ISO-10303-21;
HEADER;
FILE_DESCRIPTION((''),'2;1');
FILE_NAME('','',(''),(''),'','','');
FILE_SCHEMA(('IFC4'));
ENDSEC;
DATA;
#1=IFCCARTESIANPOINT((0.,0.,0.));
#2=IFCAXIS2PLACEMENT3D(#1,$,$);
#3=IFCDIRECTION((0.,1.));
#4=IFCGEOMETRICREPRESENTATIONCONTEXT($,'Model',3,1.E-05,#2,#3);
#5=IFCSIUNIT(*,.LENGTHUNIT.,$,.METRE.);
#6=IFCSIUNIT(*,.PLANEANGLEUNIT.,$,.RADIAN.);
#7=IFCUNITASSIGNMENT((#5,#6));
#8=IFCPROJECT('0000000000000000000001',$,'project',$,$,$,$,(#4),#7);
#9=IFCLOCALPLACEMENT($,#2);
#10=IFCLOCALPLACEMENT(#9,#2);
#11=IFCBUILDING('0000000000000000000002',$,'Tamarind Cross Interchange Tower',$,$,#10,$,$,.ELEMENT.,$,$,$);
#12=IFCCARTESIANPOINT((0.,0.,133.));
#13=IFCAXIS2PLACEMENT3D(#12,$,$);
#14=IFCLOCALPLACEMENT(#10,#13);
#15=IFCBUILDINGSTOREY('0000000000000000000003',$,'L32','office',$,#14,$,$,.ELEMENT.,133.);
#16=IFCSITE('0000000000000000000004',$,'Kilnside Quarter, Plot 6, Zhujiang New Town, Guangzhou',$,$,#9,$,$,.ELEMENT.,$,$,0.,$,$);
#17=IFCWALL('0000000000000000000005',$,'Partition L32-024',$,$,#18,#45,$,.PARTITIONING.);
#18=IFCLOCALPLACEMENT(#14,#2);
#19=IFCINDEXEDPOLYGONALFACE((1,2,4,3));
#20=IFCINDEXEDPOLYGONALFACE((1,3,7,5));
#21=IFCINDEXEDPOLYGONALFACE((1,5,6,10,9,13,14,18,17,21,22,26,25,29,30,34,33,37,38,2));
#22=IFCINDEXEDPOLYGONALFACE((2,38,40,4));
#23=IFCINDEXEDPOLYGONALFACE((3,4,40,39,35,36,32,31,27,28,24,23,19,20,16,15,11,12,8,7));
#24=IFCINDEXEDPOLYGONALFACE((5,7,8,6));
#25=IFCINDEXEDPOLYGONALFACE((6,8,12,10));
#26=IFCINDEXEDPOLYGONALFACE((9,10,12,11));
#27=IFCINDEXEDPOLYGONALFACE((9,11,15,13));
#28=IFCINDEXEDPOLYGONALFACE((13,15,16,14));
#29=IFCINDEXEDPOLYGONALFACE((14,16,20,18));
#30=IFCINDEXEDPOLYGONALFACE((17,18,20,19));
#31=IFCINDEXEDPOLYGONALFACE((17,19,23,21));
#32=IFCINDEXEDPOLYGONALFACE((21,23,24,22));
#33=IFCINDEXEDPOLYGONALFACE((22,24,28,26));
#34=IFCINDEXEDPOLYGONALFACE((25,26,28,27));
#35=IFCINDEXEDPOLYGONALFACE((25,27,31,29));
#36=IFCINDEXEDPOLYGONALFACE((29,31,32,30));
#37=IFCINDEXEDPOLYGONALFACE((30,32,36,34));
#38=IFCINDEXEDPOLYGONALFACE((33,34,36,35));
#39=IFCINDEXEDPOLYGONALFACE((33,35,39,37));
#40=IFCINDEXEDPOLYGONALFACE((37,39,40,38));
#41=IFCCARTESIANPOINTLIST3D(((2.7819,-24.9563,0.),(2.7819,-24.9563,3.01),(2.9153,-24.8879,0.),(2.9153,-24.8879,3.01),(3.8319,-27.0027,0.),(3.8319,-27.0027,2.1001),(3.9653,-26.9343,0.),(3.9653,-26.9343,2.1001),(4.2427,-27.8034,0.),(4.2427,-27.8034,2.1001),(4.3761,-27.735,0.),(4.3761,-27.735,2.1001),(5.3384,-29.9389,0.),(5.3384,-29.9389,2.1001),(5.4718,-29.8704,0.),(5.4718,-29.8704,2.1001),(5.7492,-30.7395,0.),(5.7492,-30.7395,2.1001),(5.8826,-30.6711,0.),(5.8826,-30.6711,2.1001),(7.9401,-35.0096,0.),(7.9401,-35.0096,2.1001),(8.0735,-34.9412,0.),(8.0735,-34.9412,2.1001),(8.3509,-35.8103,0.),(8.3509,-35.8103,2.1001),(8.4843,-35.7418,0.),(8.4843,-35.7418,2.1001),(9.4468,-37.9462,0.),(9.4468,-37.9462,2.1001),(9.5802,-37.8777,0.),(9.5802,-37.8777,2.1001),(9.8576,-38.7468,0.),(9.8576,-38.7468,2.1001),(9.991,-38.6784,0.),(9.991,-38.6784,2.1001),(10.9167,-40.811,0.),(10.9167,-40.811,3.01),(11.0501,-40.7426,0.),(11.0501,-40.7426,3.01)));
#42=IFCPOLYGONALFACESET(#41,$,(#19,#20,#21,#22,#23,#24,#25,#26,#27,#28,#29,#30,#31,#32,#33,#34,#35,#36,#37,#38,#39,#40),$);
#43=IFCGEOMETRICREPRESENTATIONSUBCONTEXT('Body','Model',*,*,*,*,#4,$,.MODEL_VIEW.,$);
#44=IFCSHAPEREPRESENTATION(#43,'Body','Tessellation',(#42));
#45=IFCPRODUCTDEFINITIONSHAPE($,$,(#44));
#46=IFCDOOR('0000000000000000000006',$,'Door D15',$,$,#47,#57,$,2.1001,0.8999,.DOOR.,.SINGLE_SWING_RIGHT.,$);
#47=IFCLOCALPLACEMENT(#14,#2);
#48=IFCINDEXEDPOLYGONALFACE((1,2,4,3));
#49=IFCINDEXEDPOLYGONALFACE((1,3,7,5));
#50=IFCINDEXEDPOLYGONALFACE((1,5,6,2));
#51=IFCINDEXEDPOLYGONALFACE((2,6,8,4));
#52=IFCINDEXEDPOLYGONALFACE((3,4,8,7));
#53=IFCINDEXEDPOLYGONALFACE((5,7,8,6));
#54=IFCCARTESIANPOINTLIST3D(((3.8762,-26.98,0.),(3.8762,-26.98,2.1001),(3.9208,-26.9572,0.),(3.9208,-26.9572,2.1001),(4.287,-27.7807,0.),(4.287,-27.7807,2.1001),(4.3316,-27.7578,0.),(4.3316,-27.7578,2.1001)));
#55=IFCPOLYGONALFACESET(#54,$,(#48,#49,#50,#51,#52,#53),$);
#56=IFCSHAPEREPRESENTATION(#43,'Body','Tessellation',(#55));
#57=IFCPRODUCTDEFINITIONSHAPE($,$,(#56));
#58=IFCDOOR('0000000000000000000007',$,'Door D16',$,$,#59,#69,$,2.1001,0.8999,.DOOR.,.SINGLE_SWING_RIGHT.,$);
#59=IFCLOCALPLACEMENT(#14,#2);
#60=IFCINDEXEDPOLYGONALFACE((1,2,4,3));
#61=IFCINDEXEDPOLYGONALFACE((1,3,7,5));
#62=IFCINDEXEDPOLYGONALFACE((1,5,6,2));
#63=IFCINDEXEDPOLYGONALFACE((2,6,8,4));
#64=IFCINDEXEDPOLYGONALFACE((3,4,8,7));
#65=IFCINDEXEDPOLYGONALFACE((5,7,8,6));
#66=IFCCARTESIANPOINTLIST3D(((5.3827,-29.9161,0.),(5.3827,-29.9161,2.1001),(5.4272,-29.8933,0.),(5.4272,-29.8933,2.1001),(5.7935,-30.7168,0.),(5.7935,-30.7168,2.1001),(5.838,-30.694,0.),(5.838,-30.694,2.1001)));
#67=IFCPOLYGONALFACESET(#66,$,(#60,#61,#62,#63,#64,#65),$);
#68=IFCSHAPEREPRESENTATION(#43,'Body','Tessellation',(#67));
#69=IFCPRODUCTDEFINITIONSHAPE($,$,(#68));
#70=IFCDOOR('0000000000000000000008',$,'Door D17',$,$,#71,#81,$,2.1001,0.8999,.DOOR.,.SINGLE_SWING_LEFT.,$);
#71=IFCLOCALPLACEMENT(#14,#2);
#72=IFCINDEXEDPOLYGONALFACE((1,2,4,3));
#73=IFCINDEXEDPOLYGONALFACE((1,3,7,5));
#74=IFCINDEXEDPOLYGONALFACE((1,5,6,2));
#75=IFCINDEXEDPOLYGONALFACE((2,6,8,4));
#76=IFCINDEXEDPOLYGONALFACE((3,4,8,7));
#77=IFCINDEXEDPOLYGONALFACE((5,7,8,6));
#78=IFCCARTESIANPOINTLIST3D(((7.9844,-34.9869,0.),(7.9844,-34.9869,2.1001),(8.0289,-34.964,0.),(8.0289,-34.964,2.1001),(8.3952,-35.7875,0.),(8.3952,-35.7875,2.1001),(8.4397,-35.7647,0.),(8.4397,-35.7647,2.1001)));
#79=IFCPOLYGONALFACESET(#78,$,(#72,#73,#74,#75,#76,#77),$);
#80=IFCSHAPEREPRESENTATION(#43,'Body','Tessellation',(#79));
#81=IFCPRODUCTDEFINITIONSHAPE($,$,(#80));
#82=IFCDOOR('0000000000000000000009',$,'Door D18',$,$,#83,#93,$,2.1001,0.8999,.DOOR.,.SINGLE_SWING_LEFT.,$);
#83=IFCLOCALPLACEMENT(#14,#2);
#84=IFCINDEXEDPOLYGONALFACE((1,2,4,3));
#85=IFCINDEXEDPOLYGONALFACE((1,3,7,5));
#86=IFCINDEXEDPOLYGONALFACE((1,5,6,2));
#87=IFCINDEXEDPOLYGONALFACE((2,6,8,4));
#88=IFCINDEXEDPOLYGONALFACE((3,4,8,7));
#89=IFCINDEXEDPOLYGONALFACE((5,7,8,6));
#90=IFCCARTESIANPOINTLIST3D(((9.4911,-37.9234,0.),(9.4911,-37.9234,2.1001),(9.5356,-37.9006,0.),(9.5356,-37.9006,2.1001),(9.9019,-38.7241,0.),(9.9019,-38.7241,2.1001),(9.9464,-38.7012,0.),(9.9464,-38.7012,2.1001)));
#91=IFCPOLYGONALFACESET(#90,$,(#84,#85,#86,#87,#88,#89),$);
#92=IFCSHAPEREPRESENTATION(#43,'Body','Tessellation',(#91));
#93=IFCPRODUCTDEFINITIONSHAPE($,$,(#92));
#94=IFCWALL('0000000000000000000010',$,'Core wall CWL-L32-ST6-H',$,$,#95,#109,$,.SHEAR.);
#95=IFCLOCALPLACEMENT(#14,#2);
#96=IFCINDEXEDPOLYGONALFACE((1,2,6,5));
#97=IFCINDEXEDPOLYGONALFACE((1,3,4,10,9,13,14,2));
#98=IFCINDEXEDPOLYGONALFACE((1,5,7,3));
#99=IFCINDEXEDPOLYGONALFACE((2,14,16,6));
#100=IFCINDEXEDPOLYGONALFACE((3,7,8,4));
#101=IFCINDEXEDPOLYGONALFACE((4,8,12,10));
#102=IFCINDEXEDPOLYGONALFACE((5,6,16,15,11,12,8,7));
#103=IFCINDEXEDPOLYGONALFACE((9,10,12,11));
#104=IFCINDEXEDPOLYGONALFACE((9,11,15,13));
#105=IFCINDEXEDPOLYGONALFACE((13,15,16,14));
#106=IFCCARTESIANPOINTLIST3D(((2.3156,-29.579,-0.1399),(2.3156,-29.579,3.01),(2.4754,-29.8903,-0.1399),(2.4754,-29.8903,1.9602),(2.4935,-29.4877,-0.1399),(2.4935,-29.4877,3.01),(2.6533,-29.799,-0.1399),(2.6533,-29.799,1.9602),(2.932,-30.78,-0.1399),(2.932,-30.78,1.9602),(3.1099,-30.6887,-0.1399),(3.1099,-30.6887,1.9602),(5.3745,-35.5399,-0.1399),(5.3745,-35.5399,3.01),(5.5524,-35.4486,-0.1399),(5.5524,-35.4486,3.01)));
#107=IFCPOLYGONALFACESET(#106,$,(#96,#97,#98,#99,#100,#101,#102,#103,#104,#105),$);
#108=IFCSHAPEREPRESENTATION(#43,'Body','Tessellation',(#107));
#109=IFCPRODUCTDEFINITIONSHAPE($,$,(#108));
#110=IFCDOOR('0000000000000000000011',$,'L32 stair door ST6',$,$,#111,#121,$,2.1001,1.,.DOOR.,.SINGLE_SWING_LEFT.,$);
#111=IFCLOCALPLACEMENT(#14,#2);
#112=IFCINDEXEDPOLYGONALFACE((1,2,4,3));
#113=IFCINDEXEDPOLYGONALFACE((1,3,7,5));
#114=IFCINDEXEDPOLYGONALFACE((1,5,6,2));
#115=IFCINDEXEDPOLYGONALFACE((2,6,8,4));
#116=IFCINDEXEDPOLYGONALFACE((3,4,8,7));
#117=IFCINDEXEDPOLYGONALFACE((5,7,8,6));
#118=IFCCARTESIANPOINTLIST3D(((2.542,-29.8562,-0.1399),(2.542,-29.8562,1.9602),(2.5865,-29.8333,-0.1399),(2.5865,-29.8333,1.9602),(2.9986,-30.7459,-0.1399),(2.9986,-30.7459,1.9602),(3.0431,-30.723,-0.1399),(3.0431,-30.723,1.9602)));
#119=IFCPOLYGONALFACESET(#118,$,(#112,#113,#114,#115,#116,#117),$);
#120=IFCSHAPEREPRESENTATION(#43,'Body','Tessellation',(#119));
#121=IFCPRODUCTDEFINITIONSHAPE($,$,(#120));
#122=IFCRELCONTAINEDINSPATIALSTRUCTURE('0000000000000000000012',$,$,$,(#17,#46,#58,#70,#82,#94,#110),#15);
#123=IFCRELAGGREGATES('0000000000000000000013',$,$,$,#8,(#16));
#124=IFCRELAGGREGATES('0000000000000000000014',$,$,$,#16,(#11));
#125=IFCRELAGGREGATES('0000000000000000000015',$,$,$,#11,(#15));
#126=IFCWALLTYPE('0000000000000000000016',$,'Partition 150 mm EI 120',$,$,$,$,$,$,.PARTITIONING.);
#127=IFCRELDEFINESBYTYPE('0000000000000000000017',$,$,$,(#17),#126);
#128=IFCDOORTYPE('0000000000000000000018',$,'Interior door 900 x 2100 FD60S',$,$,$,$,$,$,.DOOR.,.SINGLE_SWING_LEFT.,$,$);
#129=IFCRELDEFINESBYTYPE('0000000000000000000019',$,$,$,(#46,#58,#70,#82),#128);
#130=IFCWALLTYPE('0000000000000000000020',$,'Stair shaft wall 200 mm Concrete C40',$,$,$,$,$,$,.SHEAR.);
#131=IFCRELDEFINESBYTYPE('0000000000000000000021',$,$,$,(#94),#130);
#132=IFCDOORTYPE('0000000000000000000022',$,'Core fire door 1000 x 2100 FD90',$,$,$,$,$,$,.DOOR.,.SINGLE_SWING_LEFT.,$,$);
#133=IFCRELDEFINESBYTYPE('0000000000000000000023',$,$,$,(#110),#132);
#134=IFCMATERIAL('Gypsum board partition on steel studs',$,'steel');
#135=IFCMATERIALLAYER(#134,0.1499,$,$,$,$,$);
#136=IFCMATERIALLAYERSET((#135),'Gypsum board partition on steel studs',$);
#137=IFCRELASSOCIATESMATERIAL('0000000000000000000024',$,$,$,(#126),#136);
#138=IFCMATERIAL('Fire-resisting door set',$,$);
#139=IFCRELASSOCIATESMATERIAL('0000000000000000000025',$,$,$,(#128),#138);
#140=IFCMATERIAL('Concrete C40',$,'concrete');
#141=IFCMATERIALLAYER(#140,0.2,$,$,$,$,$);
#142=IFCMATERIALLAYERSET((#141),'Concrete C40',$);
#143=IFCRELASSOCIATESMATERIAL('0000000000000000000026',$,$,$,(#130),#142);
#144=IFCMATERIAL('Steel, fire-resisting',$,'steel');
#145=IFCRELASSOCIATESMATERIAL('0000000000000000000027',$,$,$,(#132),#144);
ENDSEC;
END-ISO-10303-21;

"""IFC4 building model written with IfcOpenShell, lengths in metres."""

from ifc_helpers import new_model, si_unit, direction, frame, frame_2d, origin, place, context, subcontext, project, spatial, rectangle, extrude, material, layer, layer_set, type_object, element, fill, save


model = new_model("IFC4")

# Units and contexts
model_context = context("Model", 3, precision=1e-05, world=origin(), true_north=direction((0.0, 1.0)))
body_context = subcontext(model_context, "Body", "Model", "MODEL_VIEW")
ifc_project = project(units=[si_unit("LENGTHUNIT", "METRE"), si_unit("PLANEANGLEUNIT", "RADIAN")], contexts=[model_context])

# Site, building, storey
site_placement = place(None, origin())
site = spatial("IfcSite", under=ifc_project, at=site_placement, Name="Kilnside Quarter, Plot 6, Zhujiang New Town, Guangzhou", CompositionType="ELEMENT", RefElevation=0.0)
building_placement = place(site_placement, origin())
building = spatial("IfcBuilding", under=site, at=building_placement, Name="Tamarind Cross Interchange Tower", CompositionType="ELEMENT")
storey_placement = place(building_placement, frame((0.0, 0.0, 133.0)))
storey = spatial("IfcBuildingStorey", under=building, at=storey_placement, Name="L32", Description="office", CompositionType="ELEMENT", Elevation=133.0)

# Shared definitions
ifc_material_1 = material(Name="Gypsum board partition on steel studs", Category="steel")
ifc_layer_1 = layer(ifc_material_1, 0.1499)
ifc_layer_set_1 = layer_set([ifc_layer_1], Name="Gypsum board partition on steel studs")
wall_type_1 = type_object("IfcWallType", Name="Partition 150 mm EI 120", PredefinedType="PARTITIONING", material=ifc_layer_set_1)

# Shared definitions
ifc_material_2 = material(Name="Fire-resisting door set")
door_type_1 = type_object("IfcDoorType", Name="Interior door 900 x 2100 FD60S", OperationType="SINGLE_SWING_LEFT", PredefinedType="DOOR", material=ifc_material_2)

# Wall, openings, doors
wall_1_placement = place(storey_placement, frame((2.8486, -24.9221, 0.0), z_axis=(0.0, 0.0, 1.0), x_axis=(0.4565, -0.889723, 0.0)))
wall_1 = element("IfcWall", 1, at=wall_1_placement, inside=storey, type_object=wall_type_1, Name="Partition L32-024", PredefinedType="PARTITIONING", context=body_context, shape_type="SweptSolid", body=[
    extrude(rectangle(XDim=17.8198, YDim=0.1499, at=frame_2d((8.9099, 0.0))), origin(), (0.0, 0.0, 1.0), 3.01),
])
opening_1_placement = place(wall_1_placement, frame((2.3, 0.0, 0.0)))
opening_1 = element("IfcOpeningElement", 2, at=opening_1_placement, cuts=wall_1, PredefinedType="OPENING", context=body_context, shape_type="SweptSolid", body=[
    extrude(rectangle(XDim=0.8999, YDim=2.1001, at=frame_2d((0.45, 1.05))), frame((0.0, 0.085, 0.0), z_axis=(0.0, -1.0, 0.0), x_axis=(1.0, 0.0, 0.0)), (0.0, 0.0, 1.0), 0.1699),
])
opening_2_placement = place(wall_1_placement, frame((5.6001, 0.0, 0.0)))
opening_2 = element("IfcOpeningElement", 3, at=opening_2_placement, cuts=wall_1, PredefinedType="OPENING", context=body_context, shape_type="SweptSolid", body=[
    extrude(rectangle(XDim=0.8999, YDim=2.1001, at=frame_2d((0.45, 1.05))), frame((0.0, 0.085, 0.0), z_axis=(0.0, -1.0, 0.0), x_axis=(1.0, 0.0, 0.0)), (0.0, 0.0, 1.0), 0.1699),
])
opening_3_placement = place(wall_1_placement, frame((11.2993, 0.0, 0.0)))
opening_3 = element("IfcOpeningElement", 4, at=opening_3_placement, cuts=wall_1, PredefinedType="OPENING", context=body_context, shape_type="SweptSolid", body=[
    extrude(rectangle(XDim=0.8999, YDim=2.1001, at=frame_2d((0.45, 1.05))), frame((0.0, 0.085, 0.0), z_axis=(0.0, -1.0, 0.0), x_axis=(1.0, 0.0, 0.0)), (0.0, 0.0, 1.0), 0.1699),
])
opening_4_placement = place(wall_1_placement, frame((14.5999, 0.0, 0.0)))
opening_4 = element("IfcOpeningElement", 5, at=opening_4_placement, cuts=wall_1, PredefinedType="OPENING", context=body_context, shape_type="SweptSolid", body=[
    extrude(rectangle(XDim=0.8999, YDim=2.1001, at=frame_2d((0.45, 1.05))), frame((0.0, 0.085, 0.0), z_axis=(0.0, -1.0, 0.0), x_axis=(1.0, 0.0, 0.0)), (0.0, 0.0, 1.0), 0.1699),
])
door_1_placement = place(opening_1_placement, origin())
door_1 = element("IfcDoor", 6, at=door_1_placement, inside=storey, type_object=door_type_1, Name="Door D15", OperationType="SINGLE_SWING_RIGHT", OverallHeight=2.1001, OverallWidth=0.8999, PredefinedType="DOOR", context=body_context, shape_type="SweptSolid", body=[
    extrude(rectangle(XDim=0.8999, YDim=2.1001, at=frame_2d((0.45, 1.05))), frame((0.0, 0.0249, 0.0), z_axis=(0.0, -1.0, 0.0), x_axis=(1.0, 0.0, 0.0)), (0.0, 0.0, 1.0), 0.05),
])
fill(opening_1, door_1)
door_2_placement = place(opening_2_placement, origin())
door_2 = element("IfcDoor", 7, at=door_2_placement, inside=storey, type_object=door_type_1, Name="Door D16", OperationType="SINGLE_SWING_RIGHT", OverallHeight=2.1001, OverallWidth=0.8999, PredefinedType="DOOR", context=body_context, shape_type="SweptSolid", body=[
    extrude(rectangle(XDim=0.8999, YDim=2.1001, at=frame_2d((0.45, 1.05))), frame((0.0, 0.0249, 0.0), z_axis=(0.0, -1.0, 0.0), x_axis=(1.0, 0.0, 0.0)), (0.0, 0.0, 1.0), 0.05),
])
fill(opening_2, door_2)
door_3_placement = place(opening_3_placement, origin())
door_3 = element("IfcDoor", 8, at=door_3_placement, inside=storey, type_object=door_type_1, Name="Door D17", OperationType="SINGLE_SWING_LEFT", OverallHeight=2.1001, OverallWidth=0.8999, PredefinedType="DOOR", context=body_context, shape_type="SweptSolid", body=[
    extrude(rectangle(XDim=0.8999, YDim=2.1001, at=frame_2d((0.45, 1.05))), frame((0.0, 0.0249, 0.0), z_axis=(0.0, -1.0, 0.0), x_axis=(1.0, 0.0, 0.0)), (0.0, 0.0, 1.0), 0.05),
])
fill(opening_3, door_3)
door_4_placement = place(opening_4_placement, origin())
door_4 = element("IfcDoor", 9, at=door_4_placement, inside=storey, type_object=door_type_1, Name="Door D18", OperationType="SINGLE_SWING_LEFT", OverallHeight=2.1001, OverallWidth=0.8999, PredefinedType="DOOR", context=body_context, shape_type="SweptSolid", body=[
    extrude(rectangle(XDim=0.8999, YDim=2.1001, at=frame_2d((0.45, 1.05))), frame((0.0, 0.0249, 0.0), z_axis=(0.0, -1.0, 0.0), x_axis=(1.0, 0.0, 0.0)), (0.0, 0.0, 1.0), 0.05),
])
fill(opening_4, door_4)

# Wall, opening, door
ifc_material_3 = material(Name="Concrete C40", Category="concrete")
ifc_layer_2 = layer(ifc_material_3, 0.2)
ifc_layer_set_2 = layer_set([ifc_layer_2], Name="Concrete C40")
wall_type_2 = type_object("IfcWallType", Name="Stair shaft wall 200 mm Concrete C40", PredefinedType="SHEAR", material=ifc_layer_set_2)
wall_2_placement = place(storey_placement, frame((2.4045, -29.5332, -0.1399), z_axis=(0.0, 0.0, 1.0), x_axis=(0.456547, -0.889699, 0.0)))
wall_2 = element("IfcWall", 10, at=wall_2_placement, inside=storey, type_object=wall_type_2, Name="Core wall CWL-L32-ST6-H", PredefinedType="SHEAR", context=body_context, shape_type="SweptSolid", body=[
    extrude(rectangle(XDim=6.7, YDim=0.2, at=frame_2d((3.3501, 0.0))), origin(), (0.0, 0.0, 1.0), 3.1499),
])
opening_5_placement = place(wall_2_placement, frame((0.3501, 0.0, 0.0)))
opening_5 = element("IfcOpeningElement", 11, at=opening_5_placement, cuts=wall_2, PredefinedType="OPENING", context=body_context, shape_type="SweptSolid", body=[
    extrude(rectangle(XDim=1.0, YDim=2.1001, at=frame_2d((0.5, 1.05))), frame((0.0, 0.1099, 0.0), z_axis=(0.0, -1.0, 0.0), x_axis=(1.0, 0.0, 0.0)), (0.0, 0.0, 1.0), 0.22),
])
ifc_material_4 = material(Name="Steel, fire-resisting", Category="steel")
door_type_2 = type_object("IfcDoorType", Name="Core fire door 1000 x 2100 FD90", OperationType="SINGLE_SWING_LEFT", PredefinedType="DOOR", material=ifc_material_4)
door_5_placement = place(opening_5_placement, origin())
door_5 = element("IfcDoor", 12, at=door_5_placement, inside=storey, type_object=door_type_2, Name="L32 stair door ST6", OperationType="SINGLE_SWING_LEFT", OverallHeight=2.1001, OverallWidth=1.0, PredefinedType="DOOR", context=body_context, shape_type="SweptSolid", body=[
    extrude(rectangle(XDim=1.0, YDim=2.1001, at=frame_2d((0.5, 1.05))), frame((0.0, 0.0249, 0.0), z_axis=(0.0, -1.0, 0.0), x_axis=(1.0, 0.0, 0.0)), (0.0, 0.0, 1.0), 0.05),
])
fill(opening_5, door_5)

save(model, "model.ifc")
